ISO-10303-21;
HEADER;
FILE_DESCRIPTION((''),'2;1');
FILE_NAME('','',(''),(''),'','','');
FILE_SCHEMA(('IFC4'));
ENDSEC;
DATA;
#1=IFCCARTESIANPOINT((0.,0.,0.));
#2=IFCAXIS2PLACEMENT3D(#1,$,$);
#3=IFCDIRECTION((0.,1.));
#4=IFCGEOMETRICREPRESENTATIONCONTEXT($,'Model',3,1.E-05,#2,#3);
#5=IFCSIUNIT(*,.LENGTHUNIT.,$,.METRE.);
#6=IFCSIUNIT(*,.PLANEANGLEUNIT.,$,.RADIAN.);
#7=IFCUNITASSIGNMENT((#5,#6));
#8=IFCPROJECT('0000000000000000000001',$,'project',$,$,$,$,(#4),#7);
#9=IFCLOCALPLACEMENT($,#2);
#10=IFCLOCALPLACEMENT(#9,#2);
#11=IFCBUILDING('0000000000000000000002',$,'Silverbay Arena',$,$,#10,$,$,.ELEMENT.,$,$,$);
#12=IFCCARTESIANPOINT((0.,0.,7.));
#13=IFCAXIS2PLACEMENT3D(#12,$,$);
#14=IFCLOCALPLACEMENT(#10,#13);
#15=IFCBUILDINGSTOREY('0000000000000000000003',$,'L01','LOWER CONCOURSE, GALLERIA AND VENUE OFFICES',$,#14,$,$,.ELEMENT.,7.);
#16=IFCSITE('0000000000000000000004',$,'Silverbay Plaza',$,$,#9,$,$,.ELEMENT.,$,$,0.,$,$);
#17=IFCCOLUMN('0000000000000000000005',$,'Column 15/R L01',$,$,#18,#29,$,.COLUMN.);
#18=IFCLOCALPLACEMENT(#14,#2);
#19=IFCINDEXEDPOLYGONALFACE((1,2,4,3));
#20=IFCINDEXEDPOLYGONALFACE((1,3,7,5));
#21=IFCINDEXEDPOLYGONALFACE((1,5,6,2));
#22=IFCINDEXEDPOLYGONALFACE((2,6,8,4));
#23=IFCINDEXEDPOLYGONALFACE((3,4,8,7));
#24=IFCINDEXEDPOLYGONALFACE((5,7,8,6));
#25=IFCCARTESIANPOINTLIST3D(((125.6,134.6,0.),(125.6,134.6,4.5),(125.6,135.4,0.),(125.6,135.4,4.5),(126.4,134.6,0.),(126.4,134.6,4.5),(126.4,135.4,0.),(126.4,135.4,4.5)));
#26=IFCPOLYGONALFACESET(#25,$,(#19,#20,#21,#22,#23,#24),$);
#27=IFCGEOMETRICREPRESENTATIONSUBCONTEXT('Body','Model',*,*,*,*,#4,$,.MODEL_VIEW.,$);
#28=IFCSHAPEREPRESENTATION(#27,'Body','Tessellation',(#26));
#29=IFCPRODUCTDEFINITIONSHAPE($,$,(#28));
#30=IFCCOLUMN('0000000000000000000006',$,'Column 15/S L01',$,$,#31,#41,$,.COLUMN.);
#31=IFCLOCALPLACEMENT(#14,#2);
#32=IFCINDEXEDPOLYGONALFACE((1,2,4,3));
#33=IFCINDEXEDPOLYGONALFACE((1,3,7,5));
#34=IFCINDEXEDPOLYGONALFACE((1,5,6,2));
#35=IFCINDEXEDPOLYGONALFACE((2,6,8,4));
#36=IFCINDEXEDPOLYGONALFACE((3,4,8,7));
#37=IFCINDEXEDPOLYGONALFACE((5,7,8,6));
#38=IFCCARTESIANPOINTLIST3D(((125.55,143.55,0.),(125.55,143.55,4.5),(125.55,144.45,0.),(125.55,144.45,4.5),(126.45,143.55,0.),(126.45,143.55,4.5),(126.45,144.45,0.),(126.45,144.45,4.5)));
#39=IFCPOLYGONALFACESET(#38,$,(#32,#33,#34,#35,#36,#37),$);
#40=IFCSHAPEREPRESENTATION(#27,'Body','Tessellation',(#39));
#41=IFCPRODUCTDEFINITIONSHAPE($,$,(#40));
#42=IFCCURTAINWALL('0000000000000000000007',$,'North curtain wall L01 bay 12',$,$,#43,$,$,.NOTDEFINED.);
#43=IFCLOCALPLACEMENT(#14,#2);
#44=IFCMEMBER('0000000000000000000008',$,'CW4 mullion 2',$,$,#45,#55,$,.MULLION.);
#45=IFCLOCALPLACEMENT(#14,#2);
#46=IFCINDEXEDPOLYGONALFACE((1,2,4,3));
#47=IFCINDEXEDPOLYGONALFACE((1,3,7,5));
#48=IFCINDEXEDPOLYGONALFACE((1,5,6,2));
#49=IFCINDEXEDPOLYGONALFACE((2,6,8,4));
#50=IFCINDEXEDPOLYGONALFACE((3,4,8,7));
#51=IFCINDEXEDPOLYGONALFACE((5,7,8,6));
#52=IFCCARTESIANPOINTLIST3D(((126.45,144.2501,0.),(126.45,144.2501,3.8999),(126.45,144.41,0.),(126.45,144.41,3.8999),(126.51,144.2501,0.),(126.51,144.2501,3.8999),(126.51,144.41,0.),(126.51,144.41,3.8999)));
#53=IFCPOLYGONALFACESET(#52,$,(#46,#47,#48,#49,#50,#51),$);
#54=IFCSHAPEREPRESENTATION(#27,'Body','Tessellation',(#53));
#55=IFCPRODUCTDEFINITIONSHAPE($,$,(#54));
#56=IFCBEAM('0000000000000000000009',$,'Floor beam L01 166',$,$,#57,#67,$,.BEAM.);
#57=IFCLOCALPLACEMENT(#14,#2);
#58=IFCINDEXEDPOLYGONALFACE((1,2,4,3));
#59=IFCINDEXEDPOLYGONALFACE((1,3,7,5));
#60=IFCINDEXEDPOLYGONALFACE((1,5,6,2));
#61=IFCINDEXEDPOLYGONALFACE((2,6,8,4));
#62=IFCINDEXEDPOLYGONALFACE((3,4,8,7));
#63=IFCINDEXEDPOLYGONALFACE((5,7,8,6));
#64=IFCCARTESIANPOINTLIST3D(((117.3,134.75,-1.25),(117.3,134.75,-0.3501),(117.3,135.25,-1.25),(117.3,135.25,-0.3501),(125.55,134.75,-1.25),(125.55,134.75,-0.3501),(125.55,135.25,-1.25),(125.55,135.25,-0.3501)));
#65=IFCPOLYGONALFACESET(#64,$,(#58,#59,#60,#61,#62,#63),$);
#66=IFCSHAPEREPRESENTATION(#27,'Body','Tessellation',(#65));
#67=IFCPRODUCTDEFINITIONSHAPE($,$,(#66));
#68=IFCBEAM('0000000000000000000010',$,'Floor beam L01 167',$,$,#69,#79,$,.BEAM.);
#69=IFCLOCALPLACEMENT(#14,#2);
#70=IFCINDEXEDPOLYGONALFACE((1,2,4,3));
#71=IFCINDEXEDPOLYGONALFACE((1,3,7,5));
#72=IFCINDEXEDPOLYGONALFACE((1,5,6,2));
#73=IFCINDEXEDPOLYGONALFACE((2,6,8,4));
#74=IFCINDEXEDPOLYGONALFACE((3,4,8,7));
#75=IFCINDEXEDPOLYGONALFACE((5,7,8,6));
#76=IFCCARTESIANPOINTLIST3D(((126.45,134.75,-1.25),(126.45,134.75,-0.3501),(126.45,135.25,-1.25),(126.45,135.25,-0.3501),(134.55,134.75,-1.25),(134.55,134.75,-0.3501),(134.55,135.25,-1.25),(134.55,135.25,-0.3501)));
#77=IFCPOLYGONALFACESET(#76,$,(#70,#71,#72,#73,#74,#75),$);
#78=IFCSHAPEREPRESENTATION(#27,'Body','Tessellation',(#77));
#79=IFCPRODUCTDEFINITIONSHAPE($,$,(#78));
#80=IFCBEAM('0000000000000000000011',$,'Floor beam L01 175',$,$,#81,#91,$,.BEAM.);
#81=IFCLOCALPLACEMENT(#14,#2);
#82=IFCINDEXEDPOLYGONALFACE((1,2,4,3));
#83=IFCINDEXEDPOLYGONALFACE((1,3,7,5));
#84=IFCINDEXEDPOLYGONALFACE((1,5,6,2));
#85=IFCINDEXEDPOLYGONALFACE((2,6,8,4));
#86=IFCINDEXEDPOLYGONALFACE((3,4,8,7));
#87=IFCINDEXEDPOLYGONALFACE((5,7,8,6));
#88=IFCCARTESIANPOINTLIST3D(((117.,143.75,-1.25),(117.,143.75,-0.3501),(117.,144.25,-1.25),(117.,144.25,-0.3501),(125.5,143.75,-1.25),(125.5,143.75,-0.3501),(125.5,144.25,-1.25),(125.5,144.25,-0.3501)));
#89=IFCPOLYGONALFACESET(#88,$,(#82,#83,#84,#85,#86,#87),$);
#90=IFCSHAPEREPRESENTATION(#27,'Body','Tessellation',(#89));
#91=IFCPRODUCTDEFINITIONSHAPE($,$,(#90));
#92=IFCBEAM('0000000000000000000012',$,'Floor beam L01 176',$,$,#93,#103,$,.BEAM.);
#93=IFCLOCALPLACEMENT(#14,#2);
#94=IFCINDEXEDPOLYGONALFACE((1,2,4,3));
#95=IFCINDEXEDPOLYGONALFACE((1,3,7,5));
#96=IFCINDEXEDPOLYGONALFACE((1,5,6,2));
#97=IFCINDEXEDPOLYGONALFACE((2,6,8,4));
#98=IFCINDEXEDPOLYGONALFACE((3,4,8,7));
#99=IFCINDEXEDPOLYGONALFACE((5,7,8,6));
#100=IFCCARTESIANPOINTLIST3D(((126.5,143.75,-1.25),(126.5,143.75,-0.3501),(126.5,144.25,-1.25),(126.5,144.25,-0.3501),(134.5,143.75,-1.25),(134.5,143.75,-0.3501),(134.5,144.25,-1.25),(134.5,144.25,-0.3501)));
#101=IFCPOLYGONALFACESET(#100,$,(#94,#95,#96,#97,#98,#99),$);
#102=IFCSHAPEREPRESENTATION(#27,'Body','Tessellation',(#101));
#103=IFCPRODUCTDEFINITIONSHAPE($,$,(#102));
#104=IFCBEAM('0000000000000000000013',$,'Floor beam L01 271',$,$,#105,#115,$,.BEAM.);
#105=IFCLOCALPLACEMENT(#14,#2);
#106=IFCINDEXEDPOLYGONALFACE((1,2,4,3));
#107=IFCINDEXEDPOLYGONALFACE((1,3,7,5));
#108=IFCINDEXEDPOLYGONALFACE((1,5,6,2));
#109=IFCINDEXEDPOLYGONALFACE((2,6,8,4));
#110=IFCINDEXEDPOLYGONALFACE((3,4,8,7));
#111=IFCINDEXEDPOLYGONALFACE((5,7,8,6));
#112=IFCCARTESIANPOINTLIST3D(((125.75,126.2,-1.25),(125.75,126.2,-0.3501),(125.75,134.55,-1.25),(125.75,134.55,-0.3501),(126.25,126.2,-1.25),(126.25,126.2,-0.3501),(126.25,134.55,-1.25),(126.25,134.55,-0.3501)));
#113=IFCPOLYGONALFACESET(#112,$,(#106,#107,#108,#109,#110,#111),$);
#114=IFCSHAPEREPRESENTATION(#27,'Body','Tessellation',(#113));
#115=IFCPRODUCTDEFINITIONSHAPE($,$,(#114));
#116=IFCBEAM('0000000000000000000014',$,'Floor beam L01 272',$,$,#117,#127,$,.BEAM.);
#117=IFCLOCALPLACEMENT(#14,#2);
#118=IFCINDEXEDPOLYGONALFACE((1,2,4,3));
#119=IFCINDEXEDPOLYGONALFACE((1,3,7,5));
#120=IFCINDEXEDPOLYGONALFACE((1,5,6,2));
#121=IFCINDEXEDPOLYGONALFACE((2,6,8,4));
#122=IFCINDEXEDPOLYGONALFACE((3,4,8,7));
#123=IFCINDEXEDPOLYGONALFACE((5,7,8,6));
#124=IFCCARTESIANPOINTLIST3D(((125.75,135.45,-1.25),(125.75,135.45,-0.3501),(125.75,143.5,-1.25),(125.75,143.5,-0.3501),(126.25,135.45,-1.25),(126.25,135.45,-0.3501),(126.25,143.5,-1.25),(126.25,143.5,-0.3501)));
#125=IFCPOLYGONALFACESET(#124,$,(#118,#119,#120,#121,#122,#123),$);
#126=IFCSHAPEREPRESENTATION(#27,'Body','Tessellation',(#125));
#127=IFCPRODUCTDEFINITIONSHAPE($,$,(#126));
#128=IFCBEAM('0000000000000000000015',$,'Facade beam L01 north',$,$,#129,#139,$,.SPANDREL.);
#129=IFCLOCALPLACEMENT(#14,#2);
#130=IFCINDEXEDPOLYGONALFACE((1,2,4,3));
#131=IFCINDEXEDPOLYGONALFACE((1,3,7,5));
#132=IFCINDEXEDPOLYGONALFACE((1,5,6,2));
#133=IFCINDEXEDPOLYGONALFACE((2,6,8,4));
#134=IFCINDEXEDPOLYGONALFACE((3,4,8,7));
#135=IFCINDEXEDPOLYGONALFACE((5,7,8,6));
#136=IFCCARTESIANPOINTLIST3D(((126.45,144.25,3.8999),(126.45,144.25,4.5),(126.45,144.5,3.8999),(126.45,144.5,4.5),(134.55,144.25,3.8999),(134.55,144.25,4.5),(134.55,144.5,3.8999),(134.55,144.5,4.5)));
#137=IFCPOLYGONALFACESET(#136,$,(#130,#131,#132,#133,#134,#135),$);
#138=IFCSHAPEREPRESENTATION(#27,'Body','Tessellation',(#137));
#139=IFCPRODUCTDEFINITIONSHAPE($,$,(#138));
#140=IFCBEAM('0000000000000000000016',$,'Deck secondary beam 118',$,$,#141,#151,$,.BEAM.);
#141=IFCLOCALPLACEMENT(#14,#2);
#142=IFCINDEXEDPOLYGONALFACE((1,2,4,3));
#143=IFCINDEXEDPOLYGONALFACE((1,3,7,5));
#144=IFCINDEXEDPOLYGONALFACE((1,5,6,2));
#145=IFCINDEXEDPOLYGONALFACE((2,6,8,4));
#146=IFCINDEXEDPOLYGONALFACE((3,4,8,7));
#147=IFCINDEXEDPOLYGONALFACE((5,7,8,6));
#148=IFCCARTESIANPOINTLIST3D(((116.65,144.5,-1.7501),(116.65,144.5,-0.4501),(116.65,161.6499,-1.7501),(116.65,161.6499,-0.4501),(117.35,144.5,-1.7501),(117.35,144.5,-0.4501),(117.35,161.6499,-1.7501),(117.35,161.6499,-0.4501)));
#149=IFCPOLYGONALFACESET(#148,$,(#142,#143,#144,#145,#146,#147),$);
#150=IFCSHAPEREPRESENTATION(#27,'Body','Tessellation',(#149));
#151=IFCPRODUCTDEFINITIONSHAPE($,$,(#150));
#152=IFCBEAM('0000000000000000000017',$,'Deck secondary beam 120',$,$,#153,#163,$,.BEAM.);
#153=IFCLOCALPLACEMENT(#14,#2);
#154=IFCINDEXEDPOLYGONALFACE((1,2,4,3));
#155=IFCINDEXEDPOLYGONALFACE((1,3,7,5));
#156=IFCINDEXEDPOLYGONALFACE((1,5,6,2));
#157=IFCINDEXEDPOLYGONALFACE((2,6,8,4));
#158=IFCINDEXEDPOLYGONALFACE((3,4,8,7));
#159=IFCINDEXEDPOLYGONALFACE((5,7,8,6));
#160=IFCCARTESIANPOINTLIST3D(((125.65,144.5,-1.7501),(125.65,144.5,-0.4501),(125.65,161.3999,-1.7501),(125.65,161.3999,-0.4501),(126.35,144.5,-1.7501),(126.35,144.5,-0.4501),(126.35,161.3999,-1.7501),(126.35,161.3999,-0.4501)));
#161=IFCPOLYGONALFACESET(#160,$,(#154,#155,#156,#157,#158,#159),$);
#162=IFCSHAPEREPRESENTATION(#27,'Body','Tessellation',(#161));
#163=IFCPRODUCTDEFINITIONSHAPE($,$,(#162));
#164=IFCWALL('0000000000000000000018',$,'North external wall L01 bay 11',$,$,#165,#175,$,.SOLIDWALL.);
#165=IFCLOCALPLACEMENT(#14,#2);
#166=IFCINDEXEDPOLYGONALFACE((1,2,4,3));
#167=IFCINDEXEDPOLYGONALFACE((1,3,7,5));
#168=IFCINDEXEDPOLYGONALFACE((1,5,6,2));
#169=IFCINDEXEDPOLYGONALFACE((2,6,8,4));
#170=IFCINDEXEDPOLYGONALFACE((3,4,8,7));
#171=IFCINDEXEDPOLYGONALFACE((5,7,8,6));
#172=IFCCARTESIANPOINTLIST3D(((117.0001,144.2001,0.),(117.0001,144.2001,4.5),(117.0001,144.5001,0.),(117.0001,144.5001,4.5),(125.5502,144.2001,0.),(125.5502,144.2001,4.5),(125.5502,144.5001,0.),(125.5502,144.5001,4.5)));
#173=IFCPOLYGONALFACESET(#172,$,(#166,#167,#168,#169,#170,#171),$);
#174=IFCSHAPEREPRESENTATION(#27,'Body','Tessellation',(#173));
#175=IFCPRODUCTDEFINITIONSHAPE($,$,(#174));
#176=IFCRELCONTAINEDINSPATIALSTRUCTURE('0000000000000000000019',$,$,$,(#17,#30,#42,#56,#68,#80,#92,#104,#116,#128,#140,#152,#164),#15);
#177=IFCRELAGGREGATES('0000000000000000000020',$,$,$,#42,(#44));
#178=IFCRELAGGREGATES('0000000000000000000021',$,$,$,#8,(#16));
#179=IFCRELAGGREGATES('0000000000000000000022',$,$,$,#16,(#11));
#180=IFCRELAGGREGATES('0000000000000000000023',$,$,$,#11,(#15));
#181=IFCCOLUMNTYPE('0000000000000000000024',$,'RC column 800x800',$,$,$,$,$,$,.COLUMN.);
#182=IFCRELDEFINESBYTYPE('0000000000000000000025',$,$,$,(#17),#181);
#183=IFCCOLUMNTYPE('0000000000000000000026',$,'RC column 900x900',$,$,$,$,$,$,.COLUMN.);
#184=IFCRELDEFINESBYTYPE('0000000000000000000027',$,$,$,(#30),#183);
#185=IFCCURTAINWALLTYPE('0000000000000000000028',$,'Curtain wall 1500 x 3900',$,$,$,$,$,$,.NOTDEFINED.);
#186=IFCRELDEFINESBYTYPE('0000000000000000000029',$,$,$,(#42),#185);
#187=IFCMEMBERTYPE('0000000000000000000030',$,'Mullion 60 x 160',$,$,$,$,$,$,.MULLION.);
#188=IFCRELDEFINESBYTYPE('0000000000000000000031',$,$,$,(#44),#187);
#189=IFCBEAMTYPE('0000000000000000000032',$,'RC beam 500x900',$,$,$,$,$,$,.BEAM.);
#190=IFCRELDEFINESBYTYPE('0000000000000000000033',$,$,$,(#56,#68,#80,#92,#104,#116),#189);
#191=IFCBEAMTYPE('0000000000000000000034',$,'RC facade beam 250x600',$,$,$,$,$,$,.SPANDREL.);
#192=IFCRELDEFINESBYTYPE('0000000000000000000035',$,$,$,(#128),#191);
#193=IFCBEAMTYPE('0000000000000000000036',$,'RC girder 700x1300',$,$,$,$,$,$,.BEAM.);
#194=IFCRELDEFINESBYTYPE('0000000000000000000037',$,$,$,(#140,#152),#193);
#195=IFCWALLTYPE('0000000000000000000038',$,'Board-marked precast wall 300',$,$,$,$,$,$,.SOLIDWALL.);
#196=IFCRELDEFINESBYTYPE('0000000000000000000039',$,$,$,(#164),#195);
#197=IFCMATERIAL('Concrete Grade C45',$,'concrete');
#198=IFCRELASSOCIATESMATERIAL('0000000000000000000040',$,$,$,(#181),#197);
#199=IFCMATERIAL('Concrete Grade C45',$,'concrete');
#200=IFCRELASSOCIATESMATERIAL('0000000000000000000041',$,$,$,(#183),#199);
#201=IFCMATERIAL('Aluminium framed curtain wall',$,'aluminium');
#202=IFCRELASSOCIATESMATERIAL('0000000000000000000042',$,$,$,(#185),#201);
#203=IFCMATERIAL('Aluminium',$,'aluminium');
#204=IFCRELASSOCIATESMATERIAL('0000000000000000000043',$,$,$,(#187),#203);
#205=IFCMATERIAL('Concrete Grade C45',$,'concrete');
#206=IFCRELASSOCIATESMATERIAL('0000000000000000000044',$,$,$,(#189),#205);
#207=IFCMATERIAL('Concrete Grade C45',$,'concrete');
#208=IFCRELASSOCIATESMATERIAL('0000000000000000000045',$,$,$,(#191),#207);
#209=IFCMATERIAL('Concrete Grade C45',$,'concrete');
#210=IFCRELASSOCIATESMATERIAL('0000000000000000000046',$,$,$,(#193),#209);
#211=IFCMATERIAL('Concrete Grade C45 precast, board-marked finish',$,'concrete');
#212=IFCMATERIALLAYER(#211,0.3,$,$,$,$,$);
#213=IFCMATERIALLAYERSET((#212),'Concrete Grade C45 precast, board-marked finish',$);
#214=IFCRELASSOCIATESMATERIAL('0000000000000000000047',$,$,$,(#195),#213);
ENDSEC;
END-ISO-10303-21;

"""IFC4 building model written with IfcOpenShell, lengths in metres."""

from ifc_helpers import new_model, si_unit, direction, frame, frame_2d, origin, origin_2d, place, context, subcontext, project, spatial, rectangle, extrude, material, layer, layer_set, material_profile, profile_set, type_object, element, aggregate, save


model = new_model("IFC4")

# Units and contexts
model_context = context("Model", 3, precision=1e-05, world=origin(), true_north=direction((0.0, 1.0)))
body_context = subcontext(model_context, "Body", "Model", "MODEL_VIEW")
ifc_project = project(units=[si_unit("LENGTHUNIT", "METRE"), si_unit("PLANEANGLEUNIT", "RADIAN")], contexts=[model_context])

# Site, building, storey
site_placement = place(None, origin())
site = spatial("IfcSite", under=ifc_project, at=site_placement, Name="Silverbay Plaza", CompositionType="ELEMENT", RefElevation=0.0)
building_placement = place(site_placement, origin())
building = spatial("IfcBuilding", under=site, at=building_placement, Name="Silverbay Arena", CompositionType="ELEMENT")
storey_placement = place(building_placement, frame((0.0, 0.0, 7.0)))
storey = spatial("IfcBuildingStorey", under=building, at=storey_placement, Name="L01", Description="LOWER CONCOURSE, GALLERIA AND VENUE OFFICES", CompositionType="ELEMENT", Elevation=7.0)

# Columns
ifc_material_1 = material(Name="Concrete Grade C45", Category="concrete")
ifc_material_profile_1 = material_profile(ifc_material_1, rectangle(XDim=0.8, YDim=0.8, at=origin_2d()), Name="RC 800x800")
ifc_profile_set_1 = profile_set([ifc_material_profile_1], Name="Concrete Grade C45")
column_type_1 = type_object("IfcColumnType", Name="RC column 800x800", PredefinedType="COLUMN", material=ifc_profile_set_1)
column_1_placement = place(storey_placement, frame((126.0, 135.0, 0.0), z_axis=(0.0, 0.0, 1.0), x_axis=(1.0, 0.0, 0.0)))
element("IfcColumn", 1, at=column_1_placement, inside=storey, type_object=column_type_1, Name="Column 15/R L01", PredefinedType="COLUMN", context=body_context, shape_type="SweptSolid", body=[
    extrude(rectangle(XDim=0.8, YDim=0.8, at=origin_2d()), origin(), (0.0, 0.0, 1.0), 4.5),
])
ifc_material_2 = material(Name="Concrete Grade C45", Category="concrete")
ifc_material_profile_2 = material_profile(ifc_material_2, rectangle(XDim=0.8999, YDim=0.8999, at=origin_2d()), Name="RC 900x900")
ifc_profile_set_2 = profile_set([ifc_material_profile_2], Name="Concrete Grade C45")
column_type_2 = type_object("IfcColumnType", Name="RC column 900x900", PredefinedType="COLUMN", material=ifc_profile_set_2)
column_2_placement = place(storey_placement, frame((126.0, 144.0, 0.0), z_axis=(0.0, 0.0, 1.0), x_axis=(1.0, 0.0, 0.0)))
element("IfcColumn", 2, at=column_2_placement, inside=storey, type_object=column_type_2, Name="Column 15/S L01", PredefinedType="COLUMN", context=body_context, shape_type="SweptSolid", body=[
    extrude(rectangle(XDim=0.8999, YDim=0.8999, at=origin_2d()), origin(), (0.0, 0.0, 1.0), 4.5),
])

# Curtain wall, member
ifc_material_3 = material(Name="Aluminium framed curtain wall", Category="aluminium")
curtain_wall_type = type_object("IfcCurtainWallType", Name="Curtain wall 1500 x 3900", PredefinedType="NOTDEFINED", material=ifc_material_3)
curtain_wall_placement = place(storey_placement, origin())
curtain_wall = element("IfcCurtainWall", 3, at=curtain_wall_placement, inside=storey, type_object=curtain_wall_type, Name="North curtain wall L01 bay 12", PredefinedType="NOTDEFINED")
ifc_material_4 = material(Name="Aluminium", Category="aluminium")
ifc_material_profile_3 = material_profile(ifc_material_4, rectangle(XDim=0.1599, YDim=0.0601, at=origin_2d()), Name="Mullion 60 x 160")
ifc_profile_set_3 = profile_set([ifc_material_profile_3], Name="Aluminium")
member_type = type_object("IfcMemberType", Name="Mullion 60 x 160", PredefinedType="MULLION", material=ifc_profile_set_3)
member_placement = place(storey_placement, frame((126.48, 144.3301, 0.0), z_axis=(0.0, 0.0, 1.0), x_axis=(0.0, -1.0, 0.0)))
member = element("IfcMember", 4, at=member_placement, type_object=member_type, Name="CW4 mullion 2", PredefinedType="MULLION", context=body_context, shape_type="SweptSolid", body=[
    extrude(rectangle(XDim=0.1599, YDim=0.0601, at=origin_2d()), origin(), (0.0, 0.0, 1.0), 3.8999),
])
aggregate(curtain_wall, [member])

# Beams
ifc_material_5 = material(Name="Concrete Grade C45", Category="concrete")
ifc_material_profile_4 = material_profile(ifc_material_5, rectangle(XDim=0.5, YDim=0.8999, at=origin_2d()), Name="RC 500x900")
ifc_profile_set_4 = profile_set([ifc_material_profile_4], Name="Concrete Grade C45")
beam_type_1 = type_object("IfcBeamType", Name="RC beam 500x900", PredefinedType="BEAM", material=ifc_profile_set_4)
beam_1_placement = place(storey_placement, frame((117.3, 135.0, -0.8), z_axis=(1.0, 0.0, 0.0), x_axis=(0.0, 1.0, 0.0)))
element("IfcBeam", 5, at=beam_1_placement, inside=storey, type_object=beam_type_1, Name="Floor beam L01 166", PredefinedType="BEAM", context=body_context, shape_type="SweptSolid", body=[
    extrude(rectangle(XDim=0.5, YDim=0.8999, at=origin_2d()), origin(), (0.0, 0.0, 1.0), 8.25),
])
beam_2_placement = place(storey_placement, frame((126.45, 135.0, -0.8), z_axis=(1.0, 0.0, 0.0), x_axis=(0.0, 1.0, 0.0)))
element("IfcBeam", 6, at=beam_2_placement, inside=storey, type_object=beam_type_1, Name="Floor beam L01 167", PredefinedType="BEAM", context=body_context, shape_type="SweptSolid", body=[
    extrude(rectangle(XDim=0.5, YDim=0.8999, at=origin_2d()), origin(), (0.0, 0.0, 1.0), 8.1001),
])
beam_3_placement = place(storey_placement, frame((117.0, 144.0, -0.8), z_axis=(1.0, 0.0, 0.0), x_axis=(0.0, 1.0, 0.0)))
element("IfcBeam", 7, at=beam_3_placement, inside=storey, type_object=beam_type_1, Name="Floor beam L01 175", PredefinedType="BEAM", context=body_context, shape_type="SweptSolid", body=[
    extrude(rectangle(XDim=0.5, YDim=0.8999, at=origin_2d()), origin(), (0.0, 0.0, 1.0), 8.5),
])
beam_4_placement = place(storey_placement, frame((126.5, 144.0, -0.8), z_axis=(1.0, 0.0, 0.0), x_axis=(0.0, 1.0, 0.0)))
element("IfcBeam", 8, at=beam_4_placement, inside=storey, type_object=beam_type_1, Name="Floor beam L01 176", PredefinedType="BEAM", context=body_context, shape_type="SweptSolid", body=[
    extrude(rectangle(XDim=0.5, YDim=0.8999, at=origin_2d()), origin(), (0.0, 0.0, 1.0), 8.0),
])
beam_5_placement = place(storey_placement, frame((126.0, 126.2, -0.8), z_axis=(0.0, 1.0, 0.0), x_axis=(-1.0, 0.0, 0.0)))
element("IfcBeam", 9, at=beam_5_placement, inside=storey, type_object=beam_type_1, Name="Floor beam L01 271", PredefinedType="BEAM", context=body_context, shape_type="SweptSolid", body=[
    extrude(rectangle(XDim=0.5, YDim=0.8999, at=origin_2d()), origin(), (0.0, 0.0, 1.0), 8.3501),
])
beam_6_placement = place(storey_placement, frame((126.0, 135.45, -0.8), z_axis=(0.0, 1.0, 0.0), x_axis=(-1.0, 0.0, 0.0)))
element("IfcBeam", 10, at=beam_6_placement, inside=storey, type_object=beam_type_1, Name="Floor beam L01 272", PredefinedType="BEAM", context=body_context, shape_type="SweptSolid", body=[
    extrude(rectangle(XDim=0.5, YDim=0.8999, at=origin_2d()), origin(), (0.0, 0.0, 1.0), 8.05),
])
ifc_material_6 = material(Name="Concrete Grade C45", Category="concrete")
ifc_material_profile_5 = material_profile(ifc_material_6, rectangle(XDim=0.25, YDim=0.6001, at=origin_2d()), Name="RC 250x600")
ifc_profile_set_5 = profile_set([ifc_material_profile_5], Name="Concrete Grade C45")
beam_type_2 = type_object("IfcBeamType", Name="RC facade beam 250x600", PredefinedType="SPANDREL", material=ifc_profile_set_5)
beam_7_placement = place(storey_placement, frame((126.45, 144.375, 4.2), z_axis=(1.0, 0.0, 0.0), x_axis=(0.0, 1.0, 0.0)))
element("IfcBeam", 11, at=beam_7_placement, inside=storey, type_object=beam_type_2, Name="Facade beam L01 north", PredefinedType="SPANDREL", context=body_context, shape_type="SweptSolid", body=[
    extrude(rectangle(XDim=0.25, YDim=0.6001, at=origin_2d()), origin(), (0.0, 0.0, 1.0), 8.1001),
])
ifc_material_7 = material(Name="Concrete Grade C45", Category="concrete")
ifc_material_profile_6 = material_profile(ifc_material_7, rectangle(XDim=0.7, YDim=1.3, at=origin_2d()), Name="RC 700x1300")
ifc_profile_set_6 = profile_set([ifc_material_profile_6], Name="Concrete Grade C45")
beam_type_3 = type_object("IfcBeamType", Name="RC girder 700x1300", PredefinedType="BEAM", material=ifc_profile_set_6)
beam_8_placement = place(storey_placement, frame((117.0, 144.5, -1.1001), z_axis=(0.0, 1.0, 0.0), x_axis=(-1.0, 0.0, 0.0)))
element("IfcBeam", 12, at=beam_8_placement, inside=storey, type_object=beam_type_3, Name="Deck secondary beam 118", PredefinedType="BEAM", context=body_context, shape_type="SweptSolid", body=[
    extrude(rectangle(XDim=0.7, YDim=1.3, at=origin_2d()), origin(), (0.0, 0.0, 1.0), 17.1499),
])
beam_9_placement = place(storey_placement, frame((126.0, 144.5, -1.1001), z_axis=(0.0, 1.0, 0.0), x_axis=(-1.0, 0.0, 0.0)))
element("IfcBeam", 13, at=beam_9_placement, inside=storey, type_object=beam_type_3, Name="Deck secondary beam 120", PredefinedType="BEAM", context=body_context, shape_type="SweptSolid", body=[
    extrude(rectangle(XDim=0.7, YDim=1.3, at=origin_2d()), origin(), (0.0, 0.0, 1.0), 16.8999),
])

# Wall
ifc_material_8 = material(Name="Concrete Grade C45 precast, board-marked finish", Category="concrete")
ifc_layer_1 = layer(ifc_material_8, 0.3)
ifc_layer_set_1 = layer_set([ifc_layer_1], Name="Concrete Grade C45 precast, board-marked finish")
wall_type_1 = type_object("IfcWallType", Name="Board-marked precast wall 300", PredefinedType="SOLIDWALL", material=ifc_layer_set_1)
wall_1_placement = place(storey_placement, frame((125.55, 144.3501, 0.0), z_axis=(0.0, 0.0, 1.0), x_axis=(-1.0, 0.0, 0.0)))
element("IfcWall", 14, at=wall_1_placement, inside=storey, type_object=wall_type_1, Name="North external wall L01 bay 11", PredefinedType="SOLIDWALL", context=body_context, shape_type="SweptSolid", body=[
    extrude(rectangle(XDim=8.55, YDim=0.3, at=frame_2d((4.2749, 0.0))), origin(), (0.0, 0.0, 1.0), 4.5),
])

save(model, "model.ifc")
